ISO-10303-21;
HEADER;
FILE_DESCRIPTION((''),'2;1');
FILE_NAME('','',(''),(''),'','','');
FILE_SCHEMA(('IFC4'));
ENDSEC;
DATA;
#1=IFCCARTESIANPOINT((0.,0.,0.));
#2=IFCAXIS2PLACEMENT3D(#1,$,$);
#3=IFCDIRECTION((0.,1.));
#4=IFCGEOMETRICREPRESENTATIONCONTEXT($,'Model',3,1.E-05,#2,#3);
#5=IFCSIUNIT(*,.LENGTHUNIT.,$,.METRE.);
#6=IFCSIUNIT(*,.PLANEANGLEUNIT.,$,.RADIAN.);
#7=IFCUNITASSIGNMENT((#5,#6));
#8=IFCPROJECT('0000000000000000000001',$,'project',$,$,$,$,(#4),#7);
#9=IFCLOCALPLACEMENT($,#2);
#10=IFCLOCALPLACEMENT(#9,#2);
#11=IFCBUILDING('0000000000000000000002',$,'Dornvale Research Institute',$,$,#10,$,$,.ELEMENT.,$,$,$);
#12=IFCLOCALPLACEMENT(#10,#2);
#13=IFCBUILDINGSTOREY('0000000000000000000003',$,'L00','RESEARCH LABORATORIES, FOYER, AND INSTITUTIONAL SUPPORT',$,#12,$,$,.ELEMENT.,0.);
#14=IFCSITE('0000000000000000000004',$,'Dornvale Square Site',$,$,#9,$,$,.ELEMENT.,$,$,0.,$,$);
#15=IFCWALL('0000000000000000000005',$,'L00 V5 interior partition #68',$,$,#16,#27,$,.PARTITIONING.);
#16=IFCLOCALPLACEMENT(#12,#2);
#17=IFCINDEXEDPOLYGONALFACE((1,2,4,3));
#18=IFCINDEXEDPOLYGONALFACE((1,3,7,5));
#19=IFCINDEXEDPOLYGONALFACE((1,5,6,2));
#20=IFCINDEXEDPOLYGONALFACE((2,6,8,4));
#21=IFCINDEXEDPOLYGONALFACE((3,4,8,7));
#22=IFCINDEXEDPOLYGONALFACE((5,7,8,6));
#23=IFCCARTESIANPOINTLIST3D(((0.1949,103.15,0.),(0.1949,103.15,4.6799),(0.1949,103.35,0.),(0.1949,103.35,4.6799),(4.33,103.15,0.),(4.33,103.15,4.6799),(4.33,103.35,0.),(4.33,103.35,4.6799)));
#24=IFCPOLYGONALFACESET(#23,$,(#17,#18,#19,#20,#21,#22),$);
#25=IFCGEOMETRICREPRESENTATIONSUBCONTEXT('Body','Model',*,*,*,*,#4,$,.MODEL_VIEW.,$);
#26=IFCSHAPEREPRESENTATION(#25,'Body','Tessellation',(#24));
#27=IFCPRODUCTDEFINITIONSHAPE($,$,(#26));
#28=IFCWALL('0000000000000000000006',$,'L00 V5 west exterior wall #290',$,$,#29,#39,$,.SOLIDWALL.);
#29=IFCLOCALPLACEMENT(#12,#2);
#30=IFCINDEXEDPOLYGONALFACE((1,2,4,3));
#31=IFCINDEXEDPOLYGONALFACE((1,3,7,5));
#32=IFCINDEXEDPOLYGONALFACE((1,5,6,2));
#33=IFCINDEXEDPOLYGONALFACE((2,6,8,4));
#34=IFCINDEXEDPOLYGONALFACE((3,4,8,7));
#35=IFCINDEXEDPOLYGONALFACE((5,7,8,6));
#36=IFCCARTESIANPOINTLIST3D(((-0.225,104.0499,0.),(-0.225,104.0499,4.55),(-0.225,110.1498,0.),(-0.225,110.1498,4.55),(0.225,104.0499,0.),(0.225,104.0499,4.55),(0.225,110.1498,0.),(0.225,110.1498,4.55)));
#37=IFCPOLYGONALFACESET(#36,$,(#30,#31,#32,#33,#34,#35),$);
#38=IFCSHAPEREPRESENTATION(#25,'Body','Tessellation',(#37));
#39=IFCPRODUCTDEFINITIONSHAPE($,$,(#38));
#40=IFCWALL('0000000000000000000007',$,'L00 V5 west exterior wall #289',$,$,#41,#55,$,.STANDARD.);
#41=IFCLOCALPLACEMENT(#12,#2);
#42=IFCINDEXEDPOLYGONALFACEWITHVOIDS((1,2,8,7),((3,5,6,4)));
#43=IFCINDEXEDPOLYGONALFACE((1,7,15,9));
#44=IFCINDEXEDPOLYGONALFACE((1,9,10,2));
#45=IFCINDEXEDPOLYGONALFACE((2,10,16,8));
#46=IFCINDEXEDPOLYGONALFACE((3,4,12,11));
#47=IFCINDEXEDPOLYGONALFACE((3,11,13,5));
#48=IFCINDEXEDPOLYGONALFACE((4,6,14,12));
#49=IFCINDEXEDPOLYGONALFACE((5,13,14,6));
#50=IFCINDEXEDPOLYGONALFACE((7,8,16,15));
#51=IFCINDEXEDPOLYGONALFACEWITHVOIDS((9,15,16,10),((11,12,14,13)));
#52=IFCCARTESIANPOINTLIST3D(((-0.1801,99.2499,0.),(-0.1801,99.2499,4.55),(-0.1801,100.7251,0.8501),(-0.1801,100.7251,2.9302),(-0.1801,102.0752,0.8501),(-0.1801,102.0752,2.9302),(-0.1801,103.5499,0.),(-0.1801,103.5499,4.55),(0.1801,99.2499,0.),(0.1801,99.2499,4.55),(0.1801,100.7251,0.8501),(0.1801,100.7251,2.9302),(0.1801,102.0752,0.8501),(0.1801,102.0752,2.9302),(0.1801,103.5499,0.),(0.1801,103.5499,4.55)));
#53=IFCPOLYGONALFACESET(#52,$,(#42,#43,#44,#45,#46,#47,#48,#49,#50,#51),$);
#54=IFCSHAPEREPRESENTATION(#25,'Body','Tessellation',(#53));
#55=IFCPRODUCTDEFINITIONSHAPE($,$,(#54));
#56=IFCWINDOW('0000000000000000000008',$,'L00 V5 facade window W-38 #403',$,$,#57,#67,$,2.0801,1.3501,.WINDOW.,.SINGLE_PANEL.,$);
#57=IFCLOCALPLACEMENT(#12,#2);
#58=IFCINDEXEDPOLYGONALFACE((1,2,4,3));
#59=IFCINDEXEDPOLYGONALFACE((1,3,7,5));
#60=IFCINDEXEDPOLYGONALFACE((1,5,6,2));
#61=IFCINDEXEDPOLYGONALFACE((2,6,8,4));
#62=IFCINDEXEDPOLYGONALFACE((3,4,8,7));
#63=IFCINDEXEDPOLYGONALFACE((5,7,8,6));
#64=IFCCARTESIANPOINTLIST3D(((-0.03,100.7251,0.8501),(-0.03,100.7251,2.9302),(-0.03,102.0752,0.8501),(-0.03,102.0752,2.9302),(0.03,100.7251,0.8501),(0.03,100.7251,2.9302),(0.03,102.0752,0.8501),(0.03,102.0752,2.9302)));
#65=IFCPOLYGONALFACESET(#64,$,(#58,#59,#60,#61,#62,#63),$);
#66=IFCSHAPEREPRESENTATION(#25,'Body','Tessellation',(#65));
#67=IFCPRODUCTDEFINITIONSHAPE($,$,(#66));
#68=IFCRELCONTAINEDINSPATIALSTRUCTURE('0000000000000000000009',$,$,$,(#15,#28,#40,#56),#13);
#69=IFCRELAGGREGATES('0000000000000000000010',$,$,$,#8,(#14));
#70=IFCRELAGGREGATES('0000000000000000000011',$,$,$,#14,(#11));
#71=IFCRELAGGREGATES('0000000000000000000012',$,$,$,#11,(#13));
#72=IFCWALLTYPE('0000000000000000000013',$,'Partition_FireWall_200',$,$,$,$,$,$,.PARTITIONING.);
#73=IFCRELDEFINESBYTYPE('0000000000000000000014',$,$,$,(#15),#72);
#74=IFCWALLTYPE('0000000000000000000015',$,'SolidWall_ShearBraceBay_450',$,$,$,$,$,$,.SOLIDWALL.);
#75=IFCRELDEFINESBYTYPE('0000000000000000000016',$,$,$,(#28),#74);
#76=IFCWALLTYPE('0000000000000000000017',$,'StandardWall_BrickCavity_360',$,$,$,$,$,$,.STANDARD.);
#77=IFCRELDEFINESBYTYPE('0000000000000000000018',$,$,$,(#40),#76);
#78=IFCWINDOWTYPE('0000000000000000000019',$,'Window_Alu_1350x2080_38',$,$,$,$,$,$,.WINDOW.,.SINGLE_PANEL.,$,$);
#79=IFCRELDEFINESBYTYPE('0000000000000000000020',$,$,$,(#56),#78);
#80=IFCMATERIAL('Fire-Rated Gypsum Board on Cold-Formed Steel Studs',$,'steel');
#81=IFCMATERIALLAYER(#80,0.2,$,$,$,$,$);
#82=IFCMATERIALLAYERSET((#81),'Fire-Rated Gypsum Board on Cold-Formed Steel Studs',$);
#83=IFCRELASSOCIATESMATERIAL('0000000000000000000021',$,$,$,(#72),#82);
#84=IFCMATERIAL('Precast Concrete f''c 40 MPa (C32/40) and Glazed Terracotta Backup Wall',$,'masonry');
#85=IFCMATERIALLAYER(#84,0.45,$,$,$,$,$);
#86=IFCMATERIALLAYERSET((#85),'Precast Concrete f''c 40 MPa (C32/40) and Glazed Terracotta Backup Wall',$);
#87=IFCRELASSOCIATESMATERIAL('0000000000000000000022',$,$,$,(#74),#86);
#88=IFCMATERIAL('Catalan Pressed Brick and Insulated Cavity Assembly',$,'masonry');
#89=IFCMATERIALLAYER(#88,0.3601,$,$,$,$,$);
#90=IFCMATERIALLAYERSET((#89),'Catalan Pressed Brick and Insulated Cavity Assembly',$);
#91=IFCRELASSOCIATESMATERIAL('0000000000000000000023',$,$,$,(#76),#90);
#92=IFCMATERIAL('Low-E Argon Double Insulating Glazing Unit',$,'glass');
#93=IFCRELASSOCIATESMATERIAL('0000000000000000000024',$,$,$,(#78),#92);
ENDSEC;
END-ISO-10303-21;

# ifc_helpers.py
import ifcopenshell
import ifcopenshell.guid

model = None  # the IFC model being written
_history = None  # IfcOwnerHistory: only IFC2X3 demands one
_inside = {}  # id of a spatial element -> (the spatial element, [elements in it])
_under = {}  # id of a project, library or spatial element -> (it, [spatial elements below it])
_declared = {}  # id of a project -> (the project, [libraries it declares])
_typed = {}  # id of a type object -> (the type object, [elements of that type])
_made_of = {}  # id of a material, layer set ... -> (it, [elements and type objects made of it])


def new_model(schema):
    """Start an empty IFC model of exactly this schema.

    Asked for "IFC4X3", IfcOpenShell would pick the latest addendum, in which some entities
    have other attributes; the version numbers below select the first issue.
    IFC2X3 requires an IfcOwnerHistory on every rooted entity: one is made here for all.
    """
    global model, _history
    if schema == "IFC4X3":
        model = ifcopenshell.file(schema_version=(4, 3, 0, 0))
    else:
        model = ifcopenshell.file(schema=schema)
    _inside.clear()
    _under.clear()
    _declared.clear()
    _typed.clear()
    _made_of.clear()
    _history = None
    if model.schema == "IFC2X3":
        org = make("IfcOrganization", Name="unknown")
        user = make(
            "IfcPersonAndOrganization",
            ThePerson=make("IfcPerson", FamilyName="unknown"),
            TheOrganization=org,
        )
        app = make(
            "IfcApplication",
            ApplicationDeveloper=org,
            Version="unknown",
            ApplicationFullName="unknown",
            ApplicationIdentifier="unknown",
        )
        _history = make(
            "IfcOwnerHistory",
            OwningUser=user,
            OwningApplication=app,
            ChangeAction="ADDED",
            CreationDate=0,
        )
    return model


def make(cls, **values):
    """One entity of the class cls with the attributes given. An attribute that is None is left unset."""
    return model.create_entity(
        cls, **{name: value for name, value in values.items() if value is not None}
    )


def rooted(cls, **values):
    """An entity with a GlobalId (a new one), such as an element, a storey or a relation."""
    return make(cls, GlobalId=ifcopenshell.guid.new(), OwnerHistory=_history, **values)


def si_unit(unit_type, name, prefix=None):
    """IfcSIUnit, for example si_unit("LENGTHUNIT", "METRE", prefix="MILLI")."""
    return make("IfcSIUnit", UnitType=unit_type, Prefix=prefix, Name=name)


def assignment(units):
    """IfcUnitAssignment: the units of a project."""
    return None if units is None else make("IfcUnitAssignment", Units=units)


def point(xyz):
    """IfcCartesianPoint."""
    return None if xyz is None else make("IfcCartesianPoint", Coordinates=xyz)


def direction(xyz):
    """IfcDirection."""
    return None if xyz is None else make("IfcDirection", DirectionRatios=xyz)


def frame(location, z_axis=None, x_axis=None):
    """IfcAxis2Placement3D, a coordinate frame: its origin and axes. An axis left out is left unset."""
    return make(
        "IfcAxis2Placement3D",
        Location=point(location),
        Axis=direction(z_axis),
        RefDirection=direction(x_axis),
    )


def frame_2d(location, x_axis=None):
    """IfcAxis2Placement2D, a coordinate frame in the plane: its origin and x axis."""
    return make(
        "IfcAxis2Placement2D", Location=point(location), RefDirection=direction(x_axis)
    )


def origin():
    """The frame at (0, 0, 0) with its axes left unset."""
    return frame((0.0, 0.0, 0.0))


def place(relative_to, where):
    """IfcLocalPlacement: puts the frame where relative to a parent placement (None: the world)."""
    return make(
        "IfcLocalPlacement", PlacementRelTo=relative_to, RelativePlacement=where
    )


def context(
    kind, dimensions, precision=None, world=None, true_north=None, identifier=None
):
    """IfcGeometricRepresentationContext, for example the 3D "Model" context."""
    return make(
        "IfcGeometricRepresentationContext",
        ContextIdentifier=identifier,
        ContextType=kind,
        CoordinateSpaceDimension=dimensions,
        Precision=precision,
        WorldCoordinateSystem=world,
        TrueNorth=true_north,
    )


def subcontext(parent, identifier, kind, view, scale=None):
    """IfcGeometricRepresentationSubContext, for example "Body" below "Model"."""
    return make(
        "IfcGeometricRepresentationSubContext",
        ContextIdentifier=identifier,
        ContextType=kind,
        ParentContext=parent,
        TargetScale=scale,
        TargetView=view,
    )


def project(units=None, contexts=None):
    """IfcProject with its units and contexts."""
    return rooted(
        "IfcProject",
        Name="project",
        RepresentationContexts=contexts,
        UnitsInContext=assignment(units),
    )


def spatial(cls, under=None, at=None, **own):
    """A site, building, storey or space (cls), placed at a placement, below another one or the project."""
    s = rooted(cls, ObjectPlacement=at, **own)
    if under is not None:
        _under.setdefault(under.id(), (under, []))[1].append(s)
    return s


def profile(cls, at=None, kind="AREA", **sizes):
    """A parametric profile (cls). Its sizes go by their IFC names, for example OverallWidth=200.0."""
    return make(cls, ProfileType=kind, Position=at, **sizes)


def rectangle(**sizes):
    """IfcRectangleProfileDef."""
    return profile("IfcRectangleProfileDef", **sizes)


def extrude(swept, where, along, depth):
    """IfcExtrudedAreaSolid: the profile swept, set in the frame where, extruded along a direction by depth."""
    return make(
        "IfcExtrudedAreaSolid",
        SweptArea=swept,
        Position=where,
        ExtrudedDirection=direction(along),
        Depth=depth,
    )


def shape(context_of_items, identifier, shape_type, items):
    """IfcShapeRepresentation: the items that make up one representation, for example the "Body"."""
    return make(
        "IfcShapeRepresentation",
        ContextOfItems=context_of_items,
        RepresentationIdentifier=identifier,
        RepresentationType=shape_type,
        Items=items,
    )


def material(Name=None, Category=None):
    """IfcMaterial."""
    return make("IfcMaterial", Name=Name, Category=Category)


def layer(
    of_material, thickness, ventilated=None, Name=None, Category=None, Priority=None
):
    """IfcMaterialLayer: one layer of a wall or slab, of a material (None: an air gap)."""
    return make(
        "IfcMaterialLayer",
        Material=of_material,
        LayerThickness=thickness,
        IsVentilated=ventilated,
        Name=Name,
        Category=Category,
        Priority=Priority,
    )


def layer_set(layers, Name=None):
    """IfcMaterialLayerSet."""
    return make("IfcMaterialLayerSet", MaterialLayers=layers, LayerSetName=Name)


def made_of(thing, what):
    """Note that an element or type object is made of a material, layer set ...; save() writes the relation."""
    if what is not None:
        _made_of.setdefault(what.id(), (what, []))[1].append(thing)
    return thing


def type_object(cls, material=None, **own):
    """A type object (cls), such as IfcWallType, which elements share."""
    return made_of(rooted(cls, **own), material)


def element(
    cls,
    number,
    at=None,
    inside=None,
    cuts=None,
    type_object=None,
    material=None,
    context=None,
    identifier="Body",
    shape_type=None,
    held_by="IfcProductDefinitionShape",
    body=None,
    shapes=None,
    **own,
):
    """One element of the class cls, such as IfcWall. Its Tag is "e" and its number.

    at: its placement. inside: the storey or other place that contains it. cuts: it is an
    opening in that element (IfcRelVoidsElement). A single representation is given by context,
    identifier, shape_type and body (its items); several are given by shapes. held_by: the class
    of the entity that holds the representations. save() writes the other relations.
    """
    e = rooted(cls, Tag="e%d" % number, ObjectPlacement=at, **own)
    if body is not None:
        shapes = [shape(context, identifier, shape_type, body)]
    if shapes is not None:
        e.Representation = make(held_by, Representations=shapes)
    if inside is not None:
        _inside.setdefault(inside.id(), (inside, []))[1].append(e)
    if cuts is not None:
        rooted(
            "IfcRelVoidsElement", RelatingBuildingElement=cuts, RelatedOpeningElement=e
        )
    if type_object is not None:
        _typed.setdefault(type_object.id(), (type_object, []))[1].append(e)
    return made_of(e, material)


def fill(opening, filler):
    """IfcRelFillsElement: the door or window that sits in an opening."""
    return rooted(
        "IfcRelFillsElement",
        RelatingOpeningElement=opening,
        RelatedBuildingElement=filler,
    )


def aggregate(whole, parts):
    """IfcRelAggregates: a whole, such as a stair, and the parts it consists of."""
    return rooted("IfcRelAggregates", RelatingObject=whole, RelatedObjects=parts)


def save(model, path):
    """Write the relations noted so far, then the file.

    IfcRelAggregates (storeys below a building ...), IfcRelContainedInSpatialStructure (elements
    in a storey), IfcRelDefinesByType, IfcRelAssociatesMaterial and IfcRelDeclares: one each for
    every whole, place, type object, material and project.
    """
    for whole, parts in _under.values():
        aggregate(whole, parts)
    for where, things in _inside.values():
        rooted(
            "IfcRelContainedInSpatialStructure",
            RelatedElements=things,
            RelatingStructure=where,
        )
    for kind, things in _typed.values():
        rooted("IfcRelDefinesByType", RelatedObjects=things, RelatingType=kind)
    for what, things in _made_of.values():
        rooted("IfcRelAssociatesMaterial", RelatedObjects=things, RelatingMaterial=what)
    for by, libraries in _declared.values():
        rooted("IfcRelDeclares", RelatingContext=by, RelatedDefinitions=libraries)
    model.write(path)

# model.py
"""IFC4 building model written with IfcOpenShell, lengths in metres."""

from ifc_helpers import new_model, si_unit, direction, frame, frame_2d, origin, place, context, subcontext, project, spatial, rectangle, extrude, material, layer, layer_set, type_object, element, fill, save


model = new_model("IFC4")

# Units and contexts
model_context = context("Model", 3, precision=1e-05, world=origin(), true_north=direction((0.0, 1.0)))
body_context = subcontext(model_context, "Body", "Model", "MODEL_VIEW")
ifc_project = project(units=[si_unit("LENGTHUNIT", "METRE"), si_unit("PLANEANGLEUNIT", "RADIAN")], contexts=[model_context])

# Site, building, storey
site_placement = place(None, origin())
site = spatial("IfcSite", under=ifc_project, at=site_placement, Name="Dornvale Square Site", CompositionType="ELEMENT", RefElevation=0.0)
building_placement = place(site_placement, origin())
building = spatial("IfcBuilding", under=site, at=building_placement, Name="Dornvale Research Institute", CompositionType="ELEMENT")
storey_placement = place(building_placement, origin())
storey = spatial("IfcBuildingStorey", under=building, at=storey_placement, Name="L00", Description="RESEARCH LABORATORIES, FOYER, AND INSTITUTIONAL SUPPORT", CompositionType="ELEMENT", Elevation=0.0)

# Walls
ifc_material_1 = material(Name="Fire-Rated Gypsum Board on Cold-Formed Steel Studs", Category="steel")
ifc_layer_1 = layer(ifc_material_1, 0.2)
ifc_layer_set_1 = layer_set([ifc_layer_1], Name="Fire-Rated Gypsum Board on Cold-Formed Steel Studs")
wall_type_1 = type_object("IfcWallType", Name="Partition_FireWall_200", PredefinedType="PARTITIONING", material=ifc_layer_set_1)
wall_1_placement = place(storey_placement, frame((0.1951, 103.25, 0.0), z_axis=(0.0, 0.0, 1.0), x_axis=(1.0, 0.0, 0.0)))
element("IfcWall", 1, at=wall_1_placement, inside=storey, type_object=wall_type_1, Name="L00 V5 interior partition #68", PredefinedType="PARTITIONING", context=body_context, shape_type="SweptSolid", body=[
    extrude(rectangle(XDim=4.135, YDim=0.2, at=frame_2d((2.0674, 0.0))), origin(), (0.0, 0.0, 1.0), 4.6799),
])
ifc_material_2 = material(Name="Precast Concrete f'c 40 MPa (C32/40) and Glazed Terracotta Backup Wall", Category="masonry")
ifc_layer_2 = layer(ifc_material_2, 0.45)
ifc_layer_set_2 = layer_set([ifc_layer_2], Name="Precast Concrete f'c 40 MPa (C32/40) and Glazed Terracotta Backup Wall")
wall_type_2 = type_object("IfcWallType", Name="SolidWall_ShearBraceBay_450", PredefinedType="SOLIDWALL", material=ifc_layer_set_2)
wall_2_placement = place(storey_placement, frame((0.0, 104.05, 0.0), z_axis=(0.0, 0.0, 1.0), x_axis=(0.0, 1.0, 0.0)))
element("IfcWall", 2, at=wall_2_placement, inside=storey, type_object=wall_type_2, Name="L00 V5 west exterior wall #290", PredefinedType="SOLIDWALL", context=body_context, shape_type="SweptSolid", body=[
    extrude(rectangle(XDim=6.0999, YDim=0.45, at=frame_2d((3.0498, 0.0))), origin(), (0.0, 0.0, 1.0), 4.55),
])

# Wall, opening, window
ifc_material_3 = material(Name="Catalan Pressed Brick and Insulated Cavity Assembly", Category="masonry")
ifc_layer_3 = layer(ifc_material_3, 0.3601)
ifc_layer_set_3 = layer_set([ifc_layer_3], Name="Catalan Pressed Brick and Insulated Cavity Assembly")
wall_type_3 = type_object("IfcWallType", Name="StandardWall_BrickCavity_360", PredefinedType="STANDARD", material=ifc_layer_set_3)
wall_3_placement = place(storey_placement, frame((0.0, 99.25, 0.0), z_axis=(0.0, 0.0, 1.0), x_axis=(0.0, 1.0, 0.0)))
wall_3 = element("IfcWall", 3, at=wall_3_placement, inside=storey, type_object=wall_type_3, Name="L00 V5 west exterior wall #289", PredefinedType="STANDARD", context=body_context, shape_type="SweptSolid", body=[
    extrude(rectangle(XDim=4.3, YDim=0.3601, at=frame_2d((2.1499, 0.0))), origin(), (0.0, 0.0, 1.0), 4.55),
])
opening_placement = place(wall_3_placement, frame((1.4751, 0.0, 0.8501)))
opening = element("IfcOpeningElement", 4, at=opening_placement, cuts=wall_3, PredefinedType="OPENING", context=body_context, shape_type="SweptSolid", body=[
    extrude(rectangle(XDim=1.3501, YDim=2.0801, at=frame_2d((0.675, 1.04))), frame((0.0, 0.1951, 0.0), z_axis=(0.0, -1.0, 0.0), x_axis=(1.0, 0.0, 0.0)), (0.0, 0.0, 1.0), 0.3901),
])
ifc_material_4 = material(Name="Low-E Argon Double Insulating Glazing Unit", Category="glass")
window_type = type_object("IfcWindowType", Name="Window_Alu_1350x2080_38", PartitioningType="SINGLE_PANEL", PredefinedType="WINDOW", material=ifc_material_4)
window_placement = place(opening_placement, origin())
window = element("IfcWindow", 5, at=window_placement, inside=storey, type_object=window_type, Name="L00 V5 facade window W-38 #403", OverallHeight=2.0801, OverallWidth=1.3501, PartitioningType="SINGLE_PANEL", PredefinedType="WINDOW", context=body_context, shape_type="SweptSolid", body=[
    extrude(rectangle(XDim=1.3501, YDim=2.0801, at=frame_2d((0.675, 1.04))), frame((0.0, 0.03, 0.0), z_axis=(0.0, -1.0, 0.0), x_axis=(1.0, 0.0, 0.0)), (0.0, 0.0, 1.0), 0.0601),
])
fill(opening, window)

save(model, "model.ifc")
